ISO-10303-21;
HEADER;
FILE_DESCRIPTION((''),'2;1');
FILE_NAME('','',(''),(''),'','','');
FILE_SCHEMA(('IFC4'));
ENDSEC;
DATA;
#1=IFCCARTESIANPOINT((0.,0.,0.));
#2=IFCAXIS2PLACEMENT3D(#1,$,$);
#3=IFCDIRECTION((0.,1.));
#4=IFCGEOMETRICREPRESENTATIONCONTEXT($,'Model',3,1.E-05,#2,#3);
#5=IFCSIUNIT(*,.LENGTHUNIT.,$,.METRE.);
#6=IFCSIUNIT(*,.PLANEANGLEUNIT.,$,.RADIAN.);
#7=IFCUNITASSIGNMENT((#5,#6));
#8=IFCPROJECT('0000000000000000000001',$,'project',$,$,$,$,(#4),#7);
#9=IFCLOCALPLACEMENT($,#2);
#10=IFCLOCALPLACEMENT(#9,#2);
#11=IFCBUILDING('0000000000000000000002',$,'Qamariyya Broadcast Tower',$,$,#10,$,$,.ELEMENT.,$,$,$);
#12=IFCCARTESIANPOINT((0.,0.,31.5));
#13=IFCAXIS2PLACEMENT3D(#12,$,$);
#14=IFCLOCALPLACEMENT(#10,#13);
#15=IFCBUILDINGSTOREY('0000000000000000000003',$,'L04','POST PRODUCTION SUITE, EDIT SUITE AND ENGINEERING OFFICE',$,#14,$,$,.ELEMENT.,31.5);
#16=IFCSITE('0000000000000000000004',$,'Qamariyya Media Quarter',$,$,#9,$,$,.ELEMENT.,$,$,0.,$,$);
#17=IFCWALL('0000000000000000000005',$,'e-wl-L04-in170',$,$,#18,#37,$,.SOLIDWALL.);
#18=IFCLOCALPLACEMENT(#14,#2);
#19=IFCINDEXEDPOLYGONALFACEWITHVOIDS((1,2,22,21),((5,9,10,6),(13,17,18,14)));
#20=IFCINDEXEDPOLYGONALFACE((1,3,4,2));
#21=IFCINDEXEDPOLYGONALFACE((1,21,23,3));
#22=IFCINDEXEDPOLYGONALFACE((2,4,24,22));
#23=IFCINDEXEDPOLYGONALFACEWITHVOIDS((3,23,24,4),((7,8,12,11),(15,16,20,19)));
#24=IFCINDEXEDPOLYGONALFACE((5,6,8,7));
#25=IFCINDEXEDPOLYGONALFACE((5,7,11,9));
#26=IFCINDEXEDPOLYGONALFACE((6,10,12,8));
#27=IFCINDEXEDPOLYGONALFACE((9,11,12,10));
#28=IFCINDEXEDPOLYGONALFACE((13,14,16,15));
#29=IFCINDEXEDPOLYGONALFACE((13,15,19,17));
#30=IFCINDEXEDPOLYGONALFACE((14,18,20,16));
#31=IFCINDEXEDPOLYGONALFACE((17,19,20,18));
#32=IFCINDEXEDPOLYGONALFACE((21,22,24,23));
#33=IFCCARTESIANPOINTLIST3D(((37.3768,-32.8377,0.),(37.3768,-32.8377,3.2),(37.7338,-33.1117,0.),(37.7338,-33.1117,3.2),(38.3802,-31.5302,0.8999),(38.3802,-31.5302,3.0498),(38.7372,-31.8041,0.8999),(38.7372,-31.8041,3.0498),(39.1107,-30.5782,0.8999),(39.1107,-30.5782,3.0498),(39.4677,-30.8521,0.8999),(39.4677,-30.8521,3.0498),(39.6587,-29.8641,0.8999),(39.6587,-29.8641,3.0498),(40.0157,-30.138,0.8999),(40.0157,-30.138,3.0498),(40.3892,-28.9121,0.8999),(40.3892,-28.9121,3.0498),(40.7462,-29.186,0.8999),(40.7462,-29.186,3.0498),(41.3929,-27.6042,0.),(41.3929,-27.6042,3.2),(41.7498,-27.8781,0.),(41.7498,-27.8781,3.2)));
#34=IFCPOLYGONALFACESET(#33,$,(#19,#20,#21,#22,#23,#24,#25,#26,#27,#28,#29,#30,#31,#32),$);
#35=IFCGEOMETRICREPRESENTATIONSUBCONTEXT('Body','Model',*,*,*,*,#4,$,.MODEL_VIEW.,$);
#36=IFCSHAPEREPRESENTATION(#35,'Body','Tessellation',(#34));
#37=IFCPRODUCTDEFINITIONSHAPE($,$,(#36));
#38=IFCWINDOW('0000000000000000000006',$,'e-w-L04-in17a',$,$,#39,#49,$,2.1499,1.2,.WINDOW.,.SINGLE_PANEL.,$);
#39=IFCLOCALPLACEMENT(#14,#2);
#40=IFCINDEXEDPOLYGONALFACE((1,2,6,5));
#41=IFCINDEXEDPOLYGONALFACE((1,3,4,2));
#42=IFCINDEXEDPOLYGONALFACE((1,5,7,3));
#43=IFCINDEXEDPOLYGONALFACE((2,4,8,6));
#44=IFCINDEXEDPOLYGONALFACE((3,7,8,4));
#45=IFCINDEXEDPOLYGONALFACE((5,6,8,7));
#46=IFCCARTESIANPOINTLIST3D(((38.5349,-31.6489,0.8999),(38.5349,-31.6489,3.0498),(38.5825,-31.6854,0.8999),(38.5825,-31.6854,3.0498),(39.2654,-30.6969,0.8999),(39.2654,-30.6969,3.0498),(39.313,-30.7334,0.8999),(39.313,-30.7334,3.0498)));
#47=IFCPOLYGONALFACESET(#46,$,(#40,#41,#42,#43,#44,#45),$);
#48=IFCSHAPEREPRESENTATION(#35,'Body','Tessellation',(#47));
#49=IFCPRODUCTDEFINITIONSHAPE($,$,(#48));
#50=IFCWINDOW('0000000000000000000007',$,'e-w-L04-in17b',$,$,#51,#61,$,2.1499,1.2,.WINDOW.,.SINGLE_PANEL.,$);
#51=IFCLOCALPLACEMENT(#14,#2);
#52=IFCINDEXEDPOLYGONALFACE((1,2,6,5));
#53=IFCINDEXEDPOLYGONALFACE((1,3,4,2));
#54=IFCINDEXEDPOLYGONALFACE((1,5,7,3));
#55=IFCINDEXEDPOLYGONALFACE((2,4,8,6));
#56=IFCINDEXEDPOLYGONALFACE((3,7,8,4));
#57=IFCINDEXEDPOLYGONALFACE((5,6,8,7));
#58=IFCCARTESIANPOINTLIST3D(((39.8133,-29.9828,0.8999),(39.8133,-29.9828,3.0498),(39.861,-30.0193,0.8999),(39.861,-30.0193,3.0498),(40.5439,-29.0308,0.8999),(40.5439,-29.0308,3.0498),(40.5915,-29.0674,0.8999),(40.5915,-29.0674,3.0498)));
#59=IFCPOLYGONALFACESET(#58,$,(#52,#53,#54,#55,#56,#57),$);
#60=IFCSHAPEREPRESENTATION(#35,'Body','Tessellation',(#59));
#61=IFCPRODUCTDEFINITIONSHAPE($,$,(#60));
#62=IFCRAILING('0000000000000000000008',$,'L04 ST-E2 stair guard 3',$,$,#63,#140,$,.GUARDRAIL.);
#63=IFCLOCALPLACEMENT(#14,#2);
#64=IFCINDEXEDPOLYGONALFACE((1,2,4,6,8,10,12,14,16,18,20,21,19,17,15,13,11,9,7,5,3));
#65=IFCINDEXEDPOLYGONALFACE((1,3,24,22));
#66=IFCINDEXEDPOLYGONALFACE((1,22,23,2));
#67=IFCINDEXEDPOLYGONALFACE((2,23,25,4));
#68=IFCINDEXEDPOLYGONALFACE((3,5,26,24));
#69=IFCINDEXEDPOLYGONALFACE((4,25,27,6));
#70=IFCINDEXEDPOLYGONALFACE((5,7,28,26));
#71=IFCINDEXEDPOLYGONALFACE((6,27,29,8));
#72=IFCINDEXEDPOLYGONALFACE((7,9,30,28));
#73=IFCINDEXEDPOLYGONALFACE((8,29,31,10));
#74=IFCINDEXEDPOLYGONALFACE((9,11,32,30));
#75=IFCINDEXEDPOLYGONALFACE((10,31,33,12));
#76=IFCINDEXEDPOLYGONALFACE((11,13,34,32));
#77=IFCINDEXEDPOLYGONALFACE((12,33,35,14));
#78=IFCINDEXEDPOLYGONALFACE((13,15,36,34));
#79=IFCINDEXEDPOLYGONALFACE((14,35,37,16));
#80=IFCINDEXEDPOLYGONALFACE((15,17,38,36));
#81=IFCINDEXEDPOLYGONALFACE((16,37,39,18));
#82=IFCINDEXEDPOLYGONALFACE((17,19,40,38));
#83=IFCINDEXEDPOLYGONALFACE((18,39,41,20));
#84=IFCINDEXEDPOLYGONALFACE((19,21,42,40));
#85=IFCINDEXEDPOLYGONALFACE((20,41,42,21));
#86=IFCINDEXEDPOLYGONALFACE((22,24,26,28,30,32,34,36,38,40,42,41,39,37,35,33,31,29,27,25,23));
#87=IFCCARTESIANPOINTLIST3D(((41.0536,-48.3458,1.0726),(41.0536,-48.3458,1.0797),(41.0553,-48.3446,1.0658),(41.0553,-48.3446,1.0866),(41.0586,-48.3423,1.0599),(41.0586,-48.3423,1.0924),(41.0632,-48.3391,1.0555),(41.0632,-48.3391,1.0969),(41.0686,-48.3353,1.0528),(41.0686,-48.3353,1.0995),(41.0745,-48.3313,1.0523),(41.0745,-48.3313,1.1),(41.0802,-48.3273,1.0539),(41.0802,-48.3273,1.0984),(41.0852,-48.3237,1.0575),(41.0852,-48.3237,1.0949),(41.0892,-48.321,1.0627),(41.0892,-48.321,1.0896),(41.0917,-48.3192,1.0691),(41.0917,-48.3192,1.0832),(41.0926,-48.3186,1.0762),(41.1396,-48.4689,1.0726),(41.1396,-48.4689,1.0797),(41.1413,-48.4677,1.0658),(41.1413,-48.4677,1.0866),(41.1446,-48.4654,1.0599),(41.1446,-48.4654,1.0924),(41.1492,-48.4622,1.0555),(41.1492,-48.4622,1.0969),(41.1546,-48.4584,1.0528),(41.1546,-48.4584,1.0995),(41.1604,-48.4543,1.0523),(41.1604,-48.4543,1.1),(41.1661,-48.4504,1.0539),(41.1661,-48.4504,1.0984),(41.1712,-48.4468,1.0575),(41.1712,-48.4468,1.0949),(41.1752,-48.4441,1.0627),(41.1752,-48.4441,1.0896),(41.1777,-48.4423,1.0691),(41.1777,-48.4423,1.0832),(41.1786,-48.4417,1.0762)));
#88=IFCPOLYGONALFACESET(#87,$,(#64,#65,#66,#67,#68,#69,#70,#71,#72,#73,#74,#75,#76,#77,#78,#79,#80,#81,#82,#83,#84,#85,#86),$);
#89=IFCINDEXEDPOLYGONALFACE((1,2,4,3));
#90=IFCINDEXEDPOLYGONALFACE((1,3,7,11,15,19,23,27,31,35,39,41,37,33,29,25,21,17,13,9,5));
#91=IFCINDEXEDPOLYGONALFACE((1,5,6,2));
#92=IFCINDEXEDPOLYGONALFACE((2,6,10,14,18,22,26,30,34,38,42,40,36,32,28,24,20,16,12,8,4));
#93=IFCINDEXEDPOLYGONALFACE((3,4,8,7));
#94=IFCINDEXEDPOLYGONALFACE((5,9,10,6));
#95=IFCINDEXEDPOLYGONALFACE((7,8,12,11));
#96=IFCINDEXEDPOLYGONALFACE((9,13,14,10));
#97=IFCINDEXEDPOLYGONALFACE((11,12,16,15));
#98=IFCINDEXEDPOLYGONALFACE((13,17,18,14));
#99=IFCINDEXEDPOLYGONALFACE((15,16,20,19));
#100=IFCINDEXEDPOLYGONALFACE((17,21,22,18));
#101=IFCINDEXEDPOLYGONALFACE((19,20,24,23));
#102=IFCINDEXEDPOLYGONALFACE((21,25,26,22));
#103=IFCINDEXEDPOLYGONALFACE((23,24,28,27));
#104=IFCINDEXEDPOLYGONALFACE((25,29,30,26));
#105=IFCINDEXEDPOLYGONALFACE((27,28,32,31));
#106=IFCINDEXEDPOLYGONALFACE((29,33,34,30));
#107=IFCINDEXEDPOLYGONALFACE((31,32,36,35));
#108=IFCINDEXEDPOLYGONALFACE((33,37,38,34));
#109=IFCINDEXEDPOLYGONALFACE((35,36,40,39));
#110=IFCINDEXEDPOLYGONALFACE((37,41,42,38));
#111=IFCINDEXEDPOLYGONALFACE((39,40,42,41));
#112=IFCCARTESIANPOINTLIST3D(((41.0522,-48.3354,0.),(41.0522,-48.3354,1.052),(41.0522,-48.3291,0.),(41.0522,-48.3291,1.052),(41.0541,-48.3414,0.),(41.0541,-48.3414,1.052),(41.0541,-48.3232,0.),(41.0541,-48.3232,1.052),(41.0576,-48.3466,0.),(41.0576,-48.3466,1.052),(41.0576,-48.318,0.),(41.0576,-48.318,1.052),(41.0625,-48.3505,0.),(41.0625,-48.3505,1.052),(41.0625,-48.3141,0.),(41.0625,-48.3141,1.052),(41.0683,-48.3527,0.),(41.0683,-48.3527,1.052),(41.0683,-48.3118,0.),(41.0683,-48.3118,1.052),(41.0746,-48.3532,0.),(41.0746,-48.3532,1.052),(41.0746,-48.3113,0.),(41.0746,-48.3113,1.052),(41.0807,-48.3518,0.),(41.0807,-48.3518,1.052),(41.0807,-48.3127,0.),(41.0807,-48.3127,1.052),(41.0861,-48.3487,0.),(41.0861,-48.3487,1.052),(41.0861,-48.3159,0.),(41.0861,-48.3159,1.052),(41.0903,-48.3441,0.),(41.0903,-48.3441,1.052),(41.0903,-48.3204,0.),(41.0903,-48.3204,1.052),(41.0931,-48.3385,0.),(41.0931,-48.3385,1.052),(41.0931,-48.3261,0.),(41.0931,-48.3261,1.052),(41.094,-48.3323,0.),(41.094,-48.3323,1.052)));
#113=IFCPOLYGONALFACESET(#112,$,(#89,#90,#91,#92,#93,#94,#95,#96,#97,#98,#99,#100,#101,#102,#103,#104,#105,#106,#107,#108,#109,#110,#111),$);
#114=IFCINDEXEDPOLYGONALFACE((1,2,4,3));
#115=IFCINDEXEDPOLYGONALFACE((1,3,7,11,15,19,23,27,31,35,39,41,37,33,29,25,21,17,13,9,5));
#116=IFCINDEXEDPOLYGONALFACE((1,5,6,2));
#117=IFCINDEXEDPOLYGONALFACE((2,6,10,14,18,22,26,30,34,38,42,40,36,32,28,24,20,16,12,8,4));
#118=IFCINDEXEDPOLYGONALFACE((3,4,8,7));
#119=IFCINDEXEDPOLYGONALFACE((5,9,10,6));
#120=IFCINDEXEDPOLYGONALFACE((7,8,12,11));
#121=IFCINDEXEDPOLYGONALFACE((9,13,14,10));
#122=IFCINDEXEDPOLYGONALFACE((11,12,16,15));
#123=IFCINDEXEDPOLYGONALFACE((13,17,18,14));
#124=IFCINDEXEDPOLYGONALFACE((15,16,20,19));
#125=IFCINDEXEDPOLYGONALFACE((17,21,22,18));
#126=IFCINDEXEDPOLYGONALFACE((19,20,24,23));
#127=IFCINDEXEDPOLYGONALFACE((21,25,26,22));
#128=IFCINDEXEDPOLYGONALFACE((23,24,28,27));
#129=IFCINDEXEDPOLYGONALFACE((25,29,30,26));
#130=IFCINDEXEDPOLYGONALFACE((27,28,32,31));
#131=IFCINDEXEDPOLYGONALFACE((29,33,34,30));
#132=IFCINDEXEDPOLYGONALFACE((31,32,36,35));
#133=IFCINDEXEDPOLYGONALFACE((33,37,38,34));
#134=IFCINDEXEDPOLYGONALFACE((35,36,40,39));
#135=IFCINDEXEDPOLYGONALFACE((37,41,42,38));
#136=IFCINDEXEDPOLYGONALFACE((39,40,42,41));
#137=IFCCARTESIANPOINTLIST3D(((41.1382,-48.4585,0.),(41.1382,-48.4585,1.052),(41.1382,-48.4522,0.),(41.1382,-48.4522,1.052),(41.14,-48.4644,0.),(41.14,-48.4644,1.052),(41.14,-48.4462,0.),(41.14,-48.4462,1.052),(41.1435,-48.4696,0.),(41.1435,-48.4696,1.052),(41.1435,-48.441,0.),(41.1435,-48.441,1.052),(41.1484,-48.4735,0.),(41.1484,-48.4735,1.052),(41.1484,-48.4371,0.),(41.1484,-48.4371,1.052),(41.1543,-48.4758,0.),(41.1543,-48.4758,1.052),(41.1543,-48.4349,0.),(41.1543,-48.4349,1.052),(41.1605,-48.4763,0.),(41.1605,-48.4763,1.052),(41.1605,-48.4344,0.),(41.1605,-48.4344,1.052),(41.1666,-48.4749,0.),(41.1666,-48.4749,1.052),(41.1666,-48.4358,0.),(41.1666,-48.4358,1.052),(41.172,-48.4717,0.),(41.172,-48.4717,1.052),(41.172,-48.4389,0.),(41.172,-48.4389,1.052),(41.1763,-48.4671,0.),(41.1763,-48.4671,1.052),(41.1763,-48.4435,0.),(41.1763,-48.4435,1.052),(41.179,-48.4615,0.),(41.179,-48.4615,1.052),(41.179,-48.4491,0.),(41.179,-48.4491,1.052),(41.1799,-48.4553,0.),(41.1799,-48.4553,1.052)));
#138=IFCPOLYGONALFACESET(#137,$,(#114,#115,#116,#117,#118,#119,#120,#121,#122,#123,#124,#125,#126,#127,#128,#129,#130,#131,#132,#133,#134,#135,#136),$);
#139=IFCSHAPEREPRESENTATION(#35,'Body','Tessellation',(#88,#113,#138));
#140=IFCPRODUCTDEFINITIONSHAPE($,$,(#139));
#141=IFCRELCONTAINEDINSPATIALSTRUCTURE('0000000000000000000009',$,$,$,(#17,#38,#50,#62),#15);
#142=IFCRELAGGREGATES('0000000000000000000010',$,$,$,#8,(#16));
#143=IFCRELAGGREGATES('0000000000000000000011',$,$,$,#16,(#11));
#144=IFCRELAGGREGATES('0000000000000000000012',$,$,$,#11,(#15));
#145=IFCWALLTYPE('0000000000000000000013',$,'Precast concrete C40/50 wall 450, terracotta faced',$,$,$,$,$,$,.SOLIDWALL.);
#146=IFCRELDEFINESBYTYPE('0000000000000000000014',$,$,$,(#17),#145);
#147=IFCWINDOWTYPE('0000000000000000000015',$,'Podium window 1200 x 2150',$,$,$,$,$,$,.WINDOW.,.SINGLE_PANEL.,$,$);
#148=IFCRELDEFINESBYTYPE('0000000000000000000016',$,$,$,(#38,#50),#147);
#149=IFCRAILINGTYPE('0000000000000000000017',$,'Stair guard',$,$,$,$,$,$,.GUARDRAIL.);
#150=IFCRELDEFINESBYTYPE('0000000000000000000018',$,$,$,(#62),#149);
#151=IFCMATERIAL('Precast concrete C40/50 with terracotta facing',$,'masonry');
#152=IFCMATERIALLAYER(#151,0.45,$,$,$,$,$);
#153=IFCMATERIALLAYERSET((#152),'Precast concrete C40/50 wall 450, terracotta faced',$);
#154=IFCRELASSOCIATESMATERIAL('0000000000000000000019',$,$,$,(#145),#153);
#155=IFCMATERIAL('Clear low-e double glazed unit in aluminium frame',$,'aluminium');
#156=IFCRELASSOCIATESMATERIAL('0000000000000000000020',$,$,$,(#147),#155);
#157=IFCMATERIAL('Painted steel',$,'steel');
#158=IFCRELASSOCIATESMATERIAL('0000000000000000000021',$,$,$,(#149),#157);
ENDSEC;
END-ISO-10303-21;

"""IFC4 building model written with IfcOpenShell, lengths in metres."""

from ifc_helpers import new_model, si_unit, direction, frame, frame_2d, origin, origin_2d, place, context, subcontext, project, spatial, rectangle, circle, extrude, material, layer, layer_set, type_object, element, fill, save


model = new_model("IFC4")

# Units and contexts
model_context = context("Model", 3, precision=1e-05, world=origin(), true_north=direction((0.0, 1.0)))
body_context = subcontext(model_context, "Body", "Model", "MODEL_VIEW")
ifc_project = project(units=[si_unit("LENGTHUNIT", "METRE"), si_unit("PLANEANGLEUNIT", "RADIAN")], contexts=[model_context])

# Site, building, storey
site_placement = place(None, origin())
site = spatial("IfcSite", under=ifc_project, at=site_placement, Name="Qamariyya Media Quarter", CompositionType="ELEMENT", RefElevation=0.0)
building_placement = place(site_placement, origin())
building = spatial("IfcBuilding", under=site, at=building_placement, Name="Qamariyya Broadcast Tower", CompositionType="ELEMENT")
storey_placement = place(building_placement, frame((0.0, 0.0, 31.5)))
storey = spatial("IfcBuildingStorey", under=building, at=storey_placement, Name="L04", Description="POST PRODUCTION SUITE, EDIT SUITE AND ENGINEERING OFFICE", CompositionType="ELEMENT", Elevation=31.5)

# Wall, openings, windows
ifc_material_1 = material(Name="Precast concrete C40/50 with terracotta facing", Category="masonry")
ifc_layer_1 = layer(ifc_material_1, 0.45)
ifc_layer_set_1 = layer_set([ifc_layer_1], Name="Precast concrete C40/50 wall 450, terracotta faced")
wall_type_1 = type_object("IfcWallType", Name="Precast concrete C40/50 wall 450, terracotta faced", PredefinedType="SOLIDWALL", material=ifc_layer_set_1)
wall_1_placement = place(storey_placement, frame((41.5713, -27.7412, 0.0), z_axis=(0.0, 0.0, 1.0), x_axis=(-0.60878, -0.793339, 0.0)))
wall_1 = element("IfcWall", 1, at=wall_1_placement, inside=storey, type_object=wall_type_1, Name="e-wl-L04-in170", PredefinedType="SOLIDWALL", context=body_context, shape_type="SweptSolid", body=[
    extrude(rectangle(XDim=6.5969, YDim=0.45, at=frame_2d((3.2983, 0.0))), origin(), (0.0, 0.0, 1.0), 3.2),
])
opening_1_placement = place(wall_1_placement, frame((3.7485, 0.0, 0.8999)))
opening_1 = element("IfcOpeningElement", 2, at=opening_1_placement, cuts=wall_1, PredefinedType="OPENING", context=body_context, shape_type="SweptSolid", body=[
    extrude(rectangle(XDim=1.2, YDim=2.1499, at=frame_2d((0.6001, 1.075))), frame((0.0, 0.2349, 0.0), z_axis=(0.0, -1.0, 0.0), x_axis=(1.0, 0.0, 0.0)), (0.0, 0.0, 1.0), 0.47),
])
opening_2_placement = place(wall_1_placement, frame((1.6484, 0.0, 0.8999)))
opening_2 = element("IfcOpeningElement", 3, at=opening_2_placement, cuts=wall_1, PredefinedType="OPENING", context=body_context, shape_type="SweptSolid", body=[
    extrude(rectangle(XDim=1.2, YDim=2.1499, at=frame_2d((0.6001, 1.075))), frame((0.0, 0.2349, 0.0), z_axis=(0.0, -1.0, 0.0), x_axis=(1.0, 0.0, 0.0)), (0.0, 0.0, 1.0), 0.47),
])
ifc_material_2 = material(Name="Clear low-e double glazed unit in aluminium frame", Category="aluminium")
window_type = type_object("IfcWindowType", Name="Podium window 1200 x 2150", PartitioningType="SINGLE_PANEL", PredefinedType="WINDOW", material=ifc_material_2)
window_1_placement = place(opening_1_placement, origin())
window_1 = element("IfcWindow", 4, at=window_1_placement, inside=storey, type_object=window_type, Name="e-w-L04-in17a", OverallHeight=2.1499, OverallWidth=1.2, PartitioningType="SINGLE_PANEL", PredefinedType="WINDOW", context=body_context, shape_type="SweptSolid", body=[
    extrude(rectangle(XDim=1.2, YDim=2.1499, at=frame_2d((0.6001, 1.075))), frame((0.0, 0.03, 0.0), z_axis=(0.0, -1.0, 0.0), x_axis=(1.0, 0.0, 0.0)), (0.0, 0.0, 1.0), 0.0601),
])
fill(opening_1, window_1)
window_2_placement = place(opening_2_placement, origin())
window_2 = element("IfcWindow", 5, at=window_2_placement, inside=storey, type_object=window_type, Name="e-w-L04-in17b", OverallHeight=2.1499, OverallWidth=1.2, PartitioningType="SINGLE_PANEL", PredefinedType="WINDOW", context=body_context, shape_type="SweptSolid", body=[
    extrude(rectangle(XDim=1.2, YDim=2.1499, at=frame_2d((0.6001, 1.075))), frame((0.0, 0.03, 0.0), z_axis=(0.0, -1.0, 0.0), x_axis=(1.0, 0.0, 0.0)), (0.0, 0.0, 1.0), 0.0601),
])
fill(opening_2, window_2)

# Railing
ifc_material_3 = material(Name="Painted steel", Category="steel")
railing_type = type_object("IfcRailingType", Name="Stair guard", PredefinedType="GUARDRAIL", material=ifc_material_3)
railing_1_placement = place(storey_placement, frame((41.073, -48.3323, 0.0)))
element("IfcRailing", 6, at=railing_1_placement, inside=storey, type_object=railing_type, Name="L04 ST-E2 stair guard 3", PredefinedType="GUARDRAIL", context=body_context, shape_type="SweptSolid", body=[
    extrude(circle(Radius=0.0239, at=origin_2d()), frame((0.0, 0.0, 1.0762), z_axis=(0.572589, -0.819843, 0.0), x_axis=(0.819843, 0.572589, 0.0)), (0.0, 0.0, 1.0), 0.1501),
    extrude(circle(Radius=0.021, at=origin_2d()), origin(), (0.0, 0.0, 1.0), 1.052),
    extrude(circle(Radius=0.021, at=origin_2d()), frame((0.0859, -0.123, 0.0)), (0.0, 0.0, 1.0), 1.052),
])

save(model, "model.ifc")
